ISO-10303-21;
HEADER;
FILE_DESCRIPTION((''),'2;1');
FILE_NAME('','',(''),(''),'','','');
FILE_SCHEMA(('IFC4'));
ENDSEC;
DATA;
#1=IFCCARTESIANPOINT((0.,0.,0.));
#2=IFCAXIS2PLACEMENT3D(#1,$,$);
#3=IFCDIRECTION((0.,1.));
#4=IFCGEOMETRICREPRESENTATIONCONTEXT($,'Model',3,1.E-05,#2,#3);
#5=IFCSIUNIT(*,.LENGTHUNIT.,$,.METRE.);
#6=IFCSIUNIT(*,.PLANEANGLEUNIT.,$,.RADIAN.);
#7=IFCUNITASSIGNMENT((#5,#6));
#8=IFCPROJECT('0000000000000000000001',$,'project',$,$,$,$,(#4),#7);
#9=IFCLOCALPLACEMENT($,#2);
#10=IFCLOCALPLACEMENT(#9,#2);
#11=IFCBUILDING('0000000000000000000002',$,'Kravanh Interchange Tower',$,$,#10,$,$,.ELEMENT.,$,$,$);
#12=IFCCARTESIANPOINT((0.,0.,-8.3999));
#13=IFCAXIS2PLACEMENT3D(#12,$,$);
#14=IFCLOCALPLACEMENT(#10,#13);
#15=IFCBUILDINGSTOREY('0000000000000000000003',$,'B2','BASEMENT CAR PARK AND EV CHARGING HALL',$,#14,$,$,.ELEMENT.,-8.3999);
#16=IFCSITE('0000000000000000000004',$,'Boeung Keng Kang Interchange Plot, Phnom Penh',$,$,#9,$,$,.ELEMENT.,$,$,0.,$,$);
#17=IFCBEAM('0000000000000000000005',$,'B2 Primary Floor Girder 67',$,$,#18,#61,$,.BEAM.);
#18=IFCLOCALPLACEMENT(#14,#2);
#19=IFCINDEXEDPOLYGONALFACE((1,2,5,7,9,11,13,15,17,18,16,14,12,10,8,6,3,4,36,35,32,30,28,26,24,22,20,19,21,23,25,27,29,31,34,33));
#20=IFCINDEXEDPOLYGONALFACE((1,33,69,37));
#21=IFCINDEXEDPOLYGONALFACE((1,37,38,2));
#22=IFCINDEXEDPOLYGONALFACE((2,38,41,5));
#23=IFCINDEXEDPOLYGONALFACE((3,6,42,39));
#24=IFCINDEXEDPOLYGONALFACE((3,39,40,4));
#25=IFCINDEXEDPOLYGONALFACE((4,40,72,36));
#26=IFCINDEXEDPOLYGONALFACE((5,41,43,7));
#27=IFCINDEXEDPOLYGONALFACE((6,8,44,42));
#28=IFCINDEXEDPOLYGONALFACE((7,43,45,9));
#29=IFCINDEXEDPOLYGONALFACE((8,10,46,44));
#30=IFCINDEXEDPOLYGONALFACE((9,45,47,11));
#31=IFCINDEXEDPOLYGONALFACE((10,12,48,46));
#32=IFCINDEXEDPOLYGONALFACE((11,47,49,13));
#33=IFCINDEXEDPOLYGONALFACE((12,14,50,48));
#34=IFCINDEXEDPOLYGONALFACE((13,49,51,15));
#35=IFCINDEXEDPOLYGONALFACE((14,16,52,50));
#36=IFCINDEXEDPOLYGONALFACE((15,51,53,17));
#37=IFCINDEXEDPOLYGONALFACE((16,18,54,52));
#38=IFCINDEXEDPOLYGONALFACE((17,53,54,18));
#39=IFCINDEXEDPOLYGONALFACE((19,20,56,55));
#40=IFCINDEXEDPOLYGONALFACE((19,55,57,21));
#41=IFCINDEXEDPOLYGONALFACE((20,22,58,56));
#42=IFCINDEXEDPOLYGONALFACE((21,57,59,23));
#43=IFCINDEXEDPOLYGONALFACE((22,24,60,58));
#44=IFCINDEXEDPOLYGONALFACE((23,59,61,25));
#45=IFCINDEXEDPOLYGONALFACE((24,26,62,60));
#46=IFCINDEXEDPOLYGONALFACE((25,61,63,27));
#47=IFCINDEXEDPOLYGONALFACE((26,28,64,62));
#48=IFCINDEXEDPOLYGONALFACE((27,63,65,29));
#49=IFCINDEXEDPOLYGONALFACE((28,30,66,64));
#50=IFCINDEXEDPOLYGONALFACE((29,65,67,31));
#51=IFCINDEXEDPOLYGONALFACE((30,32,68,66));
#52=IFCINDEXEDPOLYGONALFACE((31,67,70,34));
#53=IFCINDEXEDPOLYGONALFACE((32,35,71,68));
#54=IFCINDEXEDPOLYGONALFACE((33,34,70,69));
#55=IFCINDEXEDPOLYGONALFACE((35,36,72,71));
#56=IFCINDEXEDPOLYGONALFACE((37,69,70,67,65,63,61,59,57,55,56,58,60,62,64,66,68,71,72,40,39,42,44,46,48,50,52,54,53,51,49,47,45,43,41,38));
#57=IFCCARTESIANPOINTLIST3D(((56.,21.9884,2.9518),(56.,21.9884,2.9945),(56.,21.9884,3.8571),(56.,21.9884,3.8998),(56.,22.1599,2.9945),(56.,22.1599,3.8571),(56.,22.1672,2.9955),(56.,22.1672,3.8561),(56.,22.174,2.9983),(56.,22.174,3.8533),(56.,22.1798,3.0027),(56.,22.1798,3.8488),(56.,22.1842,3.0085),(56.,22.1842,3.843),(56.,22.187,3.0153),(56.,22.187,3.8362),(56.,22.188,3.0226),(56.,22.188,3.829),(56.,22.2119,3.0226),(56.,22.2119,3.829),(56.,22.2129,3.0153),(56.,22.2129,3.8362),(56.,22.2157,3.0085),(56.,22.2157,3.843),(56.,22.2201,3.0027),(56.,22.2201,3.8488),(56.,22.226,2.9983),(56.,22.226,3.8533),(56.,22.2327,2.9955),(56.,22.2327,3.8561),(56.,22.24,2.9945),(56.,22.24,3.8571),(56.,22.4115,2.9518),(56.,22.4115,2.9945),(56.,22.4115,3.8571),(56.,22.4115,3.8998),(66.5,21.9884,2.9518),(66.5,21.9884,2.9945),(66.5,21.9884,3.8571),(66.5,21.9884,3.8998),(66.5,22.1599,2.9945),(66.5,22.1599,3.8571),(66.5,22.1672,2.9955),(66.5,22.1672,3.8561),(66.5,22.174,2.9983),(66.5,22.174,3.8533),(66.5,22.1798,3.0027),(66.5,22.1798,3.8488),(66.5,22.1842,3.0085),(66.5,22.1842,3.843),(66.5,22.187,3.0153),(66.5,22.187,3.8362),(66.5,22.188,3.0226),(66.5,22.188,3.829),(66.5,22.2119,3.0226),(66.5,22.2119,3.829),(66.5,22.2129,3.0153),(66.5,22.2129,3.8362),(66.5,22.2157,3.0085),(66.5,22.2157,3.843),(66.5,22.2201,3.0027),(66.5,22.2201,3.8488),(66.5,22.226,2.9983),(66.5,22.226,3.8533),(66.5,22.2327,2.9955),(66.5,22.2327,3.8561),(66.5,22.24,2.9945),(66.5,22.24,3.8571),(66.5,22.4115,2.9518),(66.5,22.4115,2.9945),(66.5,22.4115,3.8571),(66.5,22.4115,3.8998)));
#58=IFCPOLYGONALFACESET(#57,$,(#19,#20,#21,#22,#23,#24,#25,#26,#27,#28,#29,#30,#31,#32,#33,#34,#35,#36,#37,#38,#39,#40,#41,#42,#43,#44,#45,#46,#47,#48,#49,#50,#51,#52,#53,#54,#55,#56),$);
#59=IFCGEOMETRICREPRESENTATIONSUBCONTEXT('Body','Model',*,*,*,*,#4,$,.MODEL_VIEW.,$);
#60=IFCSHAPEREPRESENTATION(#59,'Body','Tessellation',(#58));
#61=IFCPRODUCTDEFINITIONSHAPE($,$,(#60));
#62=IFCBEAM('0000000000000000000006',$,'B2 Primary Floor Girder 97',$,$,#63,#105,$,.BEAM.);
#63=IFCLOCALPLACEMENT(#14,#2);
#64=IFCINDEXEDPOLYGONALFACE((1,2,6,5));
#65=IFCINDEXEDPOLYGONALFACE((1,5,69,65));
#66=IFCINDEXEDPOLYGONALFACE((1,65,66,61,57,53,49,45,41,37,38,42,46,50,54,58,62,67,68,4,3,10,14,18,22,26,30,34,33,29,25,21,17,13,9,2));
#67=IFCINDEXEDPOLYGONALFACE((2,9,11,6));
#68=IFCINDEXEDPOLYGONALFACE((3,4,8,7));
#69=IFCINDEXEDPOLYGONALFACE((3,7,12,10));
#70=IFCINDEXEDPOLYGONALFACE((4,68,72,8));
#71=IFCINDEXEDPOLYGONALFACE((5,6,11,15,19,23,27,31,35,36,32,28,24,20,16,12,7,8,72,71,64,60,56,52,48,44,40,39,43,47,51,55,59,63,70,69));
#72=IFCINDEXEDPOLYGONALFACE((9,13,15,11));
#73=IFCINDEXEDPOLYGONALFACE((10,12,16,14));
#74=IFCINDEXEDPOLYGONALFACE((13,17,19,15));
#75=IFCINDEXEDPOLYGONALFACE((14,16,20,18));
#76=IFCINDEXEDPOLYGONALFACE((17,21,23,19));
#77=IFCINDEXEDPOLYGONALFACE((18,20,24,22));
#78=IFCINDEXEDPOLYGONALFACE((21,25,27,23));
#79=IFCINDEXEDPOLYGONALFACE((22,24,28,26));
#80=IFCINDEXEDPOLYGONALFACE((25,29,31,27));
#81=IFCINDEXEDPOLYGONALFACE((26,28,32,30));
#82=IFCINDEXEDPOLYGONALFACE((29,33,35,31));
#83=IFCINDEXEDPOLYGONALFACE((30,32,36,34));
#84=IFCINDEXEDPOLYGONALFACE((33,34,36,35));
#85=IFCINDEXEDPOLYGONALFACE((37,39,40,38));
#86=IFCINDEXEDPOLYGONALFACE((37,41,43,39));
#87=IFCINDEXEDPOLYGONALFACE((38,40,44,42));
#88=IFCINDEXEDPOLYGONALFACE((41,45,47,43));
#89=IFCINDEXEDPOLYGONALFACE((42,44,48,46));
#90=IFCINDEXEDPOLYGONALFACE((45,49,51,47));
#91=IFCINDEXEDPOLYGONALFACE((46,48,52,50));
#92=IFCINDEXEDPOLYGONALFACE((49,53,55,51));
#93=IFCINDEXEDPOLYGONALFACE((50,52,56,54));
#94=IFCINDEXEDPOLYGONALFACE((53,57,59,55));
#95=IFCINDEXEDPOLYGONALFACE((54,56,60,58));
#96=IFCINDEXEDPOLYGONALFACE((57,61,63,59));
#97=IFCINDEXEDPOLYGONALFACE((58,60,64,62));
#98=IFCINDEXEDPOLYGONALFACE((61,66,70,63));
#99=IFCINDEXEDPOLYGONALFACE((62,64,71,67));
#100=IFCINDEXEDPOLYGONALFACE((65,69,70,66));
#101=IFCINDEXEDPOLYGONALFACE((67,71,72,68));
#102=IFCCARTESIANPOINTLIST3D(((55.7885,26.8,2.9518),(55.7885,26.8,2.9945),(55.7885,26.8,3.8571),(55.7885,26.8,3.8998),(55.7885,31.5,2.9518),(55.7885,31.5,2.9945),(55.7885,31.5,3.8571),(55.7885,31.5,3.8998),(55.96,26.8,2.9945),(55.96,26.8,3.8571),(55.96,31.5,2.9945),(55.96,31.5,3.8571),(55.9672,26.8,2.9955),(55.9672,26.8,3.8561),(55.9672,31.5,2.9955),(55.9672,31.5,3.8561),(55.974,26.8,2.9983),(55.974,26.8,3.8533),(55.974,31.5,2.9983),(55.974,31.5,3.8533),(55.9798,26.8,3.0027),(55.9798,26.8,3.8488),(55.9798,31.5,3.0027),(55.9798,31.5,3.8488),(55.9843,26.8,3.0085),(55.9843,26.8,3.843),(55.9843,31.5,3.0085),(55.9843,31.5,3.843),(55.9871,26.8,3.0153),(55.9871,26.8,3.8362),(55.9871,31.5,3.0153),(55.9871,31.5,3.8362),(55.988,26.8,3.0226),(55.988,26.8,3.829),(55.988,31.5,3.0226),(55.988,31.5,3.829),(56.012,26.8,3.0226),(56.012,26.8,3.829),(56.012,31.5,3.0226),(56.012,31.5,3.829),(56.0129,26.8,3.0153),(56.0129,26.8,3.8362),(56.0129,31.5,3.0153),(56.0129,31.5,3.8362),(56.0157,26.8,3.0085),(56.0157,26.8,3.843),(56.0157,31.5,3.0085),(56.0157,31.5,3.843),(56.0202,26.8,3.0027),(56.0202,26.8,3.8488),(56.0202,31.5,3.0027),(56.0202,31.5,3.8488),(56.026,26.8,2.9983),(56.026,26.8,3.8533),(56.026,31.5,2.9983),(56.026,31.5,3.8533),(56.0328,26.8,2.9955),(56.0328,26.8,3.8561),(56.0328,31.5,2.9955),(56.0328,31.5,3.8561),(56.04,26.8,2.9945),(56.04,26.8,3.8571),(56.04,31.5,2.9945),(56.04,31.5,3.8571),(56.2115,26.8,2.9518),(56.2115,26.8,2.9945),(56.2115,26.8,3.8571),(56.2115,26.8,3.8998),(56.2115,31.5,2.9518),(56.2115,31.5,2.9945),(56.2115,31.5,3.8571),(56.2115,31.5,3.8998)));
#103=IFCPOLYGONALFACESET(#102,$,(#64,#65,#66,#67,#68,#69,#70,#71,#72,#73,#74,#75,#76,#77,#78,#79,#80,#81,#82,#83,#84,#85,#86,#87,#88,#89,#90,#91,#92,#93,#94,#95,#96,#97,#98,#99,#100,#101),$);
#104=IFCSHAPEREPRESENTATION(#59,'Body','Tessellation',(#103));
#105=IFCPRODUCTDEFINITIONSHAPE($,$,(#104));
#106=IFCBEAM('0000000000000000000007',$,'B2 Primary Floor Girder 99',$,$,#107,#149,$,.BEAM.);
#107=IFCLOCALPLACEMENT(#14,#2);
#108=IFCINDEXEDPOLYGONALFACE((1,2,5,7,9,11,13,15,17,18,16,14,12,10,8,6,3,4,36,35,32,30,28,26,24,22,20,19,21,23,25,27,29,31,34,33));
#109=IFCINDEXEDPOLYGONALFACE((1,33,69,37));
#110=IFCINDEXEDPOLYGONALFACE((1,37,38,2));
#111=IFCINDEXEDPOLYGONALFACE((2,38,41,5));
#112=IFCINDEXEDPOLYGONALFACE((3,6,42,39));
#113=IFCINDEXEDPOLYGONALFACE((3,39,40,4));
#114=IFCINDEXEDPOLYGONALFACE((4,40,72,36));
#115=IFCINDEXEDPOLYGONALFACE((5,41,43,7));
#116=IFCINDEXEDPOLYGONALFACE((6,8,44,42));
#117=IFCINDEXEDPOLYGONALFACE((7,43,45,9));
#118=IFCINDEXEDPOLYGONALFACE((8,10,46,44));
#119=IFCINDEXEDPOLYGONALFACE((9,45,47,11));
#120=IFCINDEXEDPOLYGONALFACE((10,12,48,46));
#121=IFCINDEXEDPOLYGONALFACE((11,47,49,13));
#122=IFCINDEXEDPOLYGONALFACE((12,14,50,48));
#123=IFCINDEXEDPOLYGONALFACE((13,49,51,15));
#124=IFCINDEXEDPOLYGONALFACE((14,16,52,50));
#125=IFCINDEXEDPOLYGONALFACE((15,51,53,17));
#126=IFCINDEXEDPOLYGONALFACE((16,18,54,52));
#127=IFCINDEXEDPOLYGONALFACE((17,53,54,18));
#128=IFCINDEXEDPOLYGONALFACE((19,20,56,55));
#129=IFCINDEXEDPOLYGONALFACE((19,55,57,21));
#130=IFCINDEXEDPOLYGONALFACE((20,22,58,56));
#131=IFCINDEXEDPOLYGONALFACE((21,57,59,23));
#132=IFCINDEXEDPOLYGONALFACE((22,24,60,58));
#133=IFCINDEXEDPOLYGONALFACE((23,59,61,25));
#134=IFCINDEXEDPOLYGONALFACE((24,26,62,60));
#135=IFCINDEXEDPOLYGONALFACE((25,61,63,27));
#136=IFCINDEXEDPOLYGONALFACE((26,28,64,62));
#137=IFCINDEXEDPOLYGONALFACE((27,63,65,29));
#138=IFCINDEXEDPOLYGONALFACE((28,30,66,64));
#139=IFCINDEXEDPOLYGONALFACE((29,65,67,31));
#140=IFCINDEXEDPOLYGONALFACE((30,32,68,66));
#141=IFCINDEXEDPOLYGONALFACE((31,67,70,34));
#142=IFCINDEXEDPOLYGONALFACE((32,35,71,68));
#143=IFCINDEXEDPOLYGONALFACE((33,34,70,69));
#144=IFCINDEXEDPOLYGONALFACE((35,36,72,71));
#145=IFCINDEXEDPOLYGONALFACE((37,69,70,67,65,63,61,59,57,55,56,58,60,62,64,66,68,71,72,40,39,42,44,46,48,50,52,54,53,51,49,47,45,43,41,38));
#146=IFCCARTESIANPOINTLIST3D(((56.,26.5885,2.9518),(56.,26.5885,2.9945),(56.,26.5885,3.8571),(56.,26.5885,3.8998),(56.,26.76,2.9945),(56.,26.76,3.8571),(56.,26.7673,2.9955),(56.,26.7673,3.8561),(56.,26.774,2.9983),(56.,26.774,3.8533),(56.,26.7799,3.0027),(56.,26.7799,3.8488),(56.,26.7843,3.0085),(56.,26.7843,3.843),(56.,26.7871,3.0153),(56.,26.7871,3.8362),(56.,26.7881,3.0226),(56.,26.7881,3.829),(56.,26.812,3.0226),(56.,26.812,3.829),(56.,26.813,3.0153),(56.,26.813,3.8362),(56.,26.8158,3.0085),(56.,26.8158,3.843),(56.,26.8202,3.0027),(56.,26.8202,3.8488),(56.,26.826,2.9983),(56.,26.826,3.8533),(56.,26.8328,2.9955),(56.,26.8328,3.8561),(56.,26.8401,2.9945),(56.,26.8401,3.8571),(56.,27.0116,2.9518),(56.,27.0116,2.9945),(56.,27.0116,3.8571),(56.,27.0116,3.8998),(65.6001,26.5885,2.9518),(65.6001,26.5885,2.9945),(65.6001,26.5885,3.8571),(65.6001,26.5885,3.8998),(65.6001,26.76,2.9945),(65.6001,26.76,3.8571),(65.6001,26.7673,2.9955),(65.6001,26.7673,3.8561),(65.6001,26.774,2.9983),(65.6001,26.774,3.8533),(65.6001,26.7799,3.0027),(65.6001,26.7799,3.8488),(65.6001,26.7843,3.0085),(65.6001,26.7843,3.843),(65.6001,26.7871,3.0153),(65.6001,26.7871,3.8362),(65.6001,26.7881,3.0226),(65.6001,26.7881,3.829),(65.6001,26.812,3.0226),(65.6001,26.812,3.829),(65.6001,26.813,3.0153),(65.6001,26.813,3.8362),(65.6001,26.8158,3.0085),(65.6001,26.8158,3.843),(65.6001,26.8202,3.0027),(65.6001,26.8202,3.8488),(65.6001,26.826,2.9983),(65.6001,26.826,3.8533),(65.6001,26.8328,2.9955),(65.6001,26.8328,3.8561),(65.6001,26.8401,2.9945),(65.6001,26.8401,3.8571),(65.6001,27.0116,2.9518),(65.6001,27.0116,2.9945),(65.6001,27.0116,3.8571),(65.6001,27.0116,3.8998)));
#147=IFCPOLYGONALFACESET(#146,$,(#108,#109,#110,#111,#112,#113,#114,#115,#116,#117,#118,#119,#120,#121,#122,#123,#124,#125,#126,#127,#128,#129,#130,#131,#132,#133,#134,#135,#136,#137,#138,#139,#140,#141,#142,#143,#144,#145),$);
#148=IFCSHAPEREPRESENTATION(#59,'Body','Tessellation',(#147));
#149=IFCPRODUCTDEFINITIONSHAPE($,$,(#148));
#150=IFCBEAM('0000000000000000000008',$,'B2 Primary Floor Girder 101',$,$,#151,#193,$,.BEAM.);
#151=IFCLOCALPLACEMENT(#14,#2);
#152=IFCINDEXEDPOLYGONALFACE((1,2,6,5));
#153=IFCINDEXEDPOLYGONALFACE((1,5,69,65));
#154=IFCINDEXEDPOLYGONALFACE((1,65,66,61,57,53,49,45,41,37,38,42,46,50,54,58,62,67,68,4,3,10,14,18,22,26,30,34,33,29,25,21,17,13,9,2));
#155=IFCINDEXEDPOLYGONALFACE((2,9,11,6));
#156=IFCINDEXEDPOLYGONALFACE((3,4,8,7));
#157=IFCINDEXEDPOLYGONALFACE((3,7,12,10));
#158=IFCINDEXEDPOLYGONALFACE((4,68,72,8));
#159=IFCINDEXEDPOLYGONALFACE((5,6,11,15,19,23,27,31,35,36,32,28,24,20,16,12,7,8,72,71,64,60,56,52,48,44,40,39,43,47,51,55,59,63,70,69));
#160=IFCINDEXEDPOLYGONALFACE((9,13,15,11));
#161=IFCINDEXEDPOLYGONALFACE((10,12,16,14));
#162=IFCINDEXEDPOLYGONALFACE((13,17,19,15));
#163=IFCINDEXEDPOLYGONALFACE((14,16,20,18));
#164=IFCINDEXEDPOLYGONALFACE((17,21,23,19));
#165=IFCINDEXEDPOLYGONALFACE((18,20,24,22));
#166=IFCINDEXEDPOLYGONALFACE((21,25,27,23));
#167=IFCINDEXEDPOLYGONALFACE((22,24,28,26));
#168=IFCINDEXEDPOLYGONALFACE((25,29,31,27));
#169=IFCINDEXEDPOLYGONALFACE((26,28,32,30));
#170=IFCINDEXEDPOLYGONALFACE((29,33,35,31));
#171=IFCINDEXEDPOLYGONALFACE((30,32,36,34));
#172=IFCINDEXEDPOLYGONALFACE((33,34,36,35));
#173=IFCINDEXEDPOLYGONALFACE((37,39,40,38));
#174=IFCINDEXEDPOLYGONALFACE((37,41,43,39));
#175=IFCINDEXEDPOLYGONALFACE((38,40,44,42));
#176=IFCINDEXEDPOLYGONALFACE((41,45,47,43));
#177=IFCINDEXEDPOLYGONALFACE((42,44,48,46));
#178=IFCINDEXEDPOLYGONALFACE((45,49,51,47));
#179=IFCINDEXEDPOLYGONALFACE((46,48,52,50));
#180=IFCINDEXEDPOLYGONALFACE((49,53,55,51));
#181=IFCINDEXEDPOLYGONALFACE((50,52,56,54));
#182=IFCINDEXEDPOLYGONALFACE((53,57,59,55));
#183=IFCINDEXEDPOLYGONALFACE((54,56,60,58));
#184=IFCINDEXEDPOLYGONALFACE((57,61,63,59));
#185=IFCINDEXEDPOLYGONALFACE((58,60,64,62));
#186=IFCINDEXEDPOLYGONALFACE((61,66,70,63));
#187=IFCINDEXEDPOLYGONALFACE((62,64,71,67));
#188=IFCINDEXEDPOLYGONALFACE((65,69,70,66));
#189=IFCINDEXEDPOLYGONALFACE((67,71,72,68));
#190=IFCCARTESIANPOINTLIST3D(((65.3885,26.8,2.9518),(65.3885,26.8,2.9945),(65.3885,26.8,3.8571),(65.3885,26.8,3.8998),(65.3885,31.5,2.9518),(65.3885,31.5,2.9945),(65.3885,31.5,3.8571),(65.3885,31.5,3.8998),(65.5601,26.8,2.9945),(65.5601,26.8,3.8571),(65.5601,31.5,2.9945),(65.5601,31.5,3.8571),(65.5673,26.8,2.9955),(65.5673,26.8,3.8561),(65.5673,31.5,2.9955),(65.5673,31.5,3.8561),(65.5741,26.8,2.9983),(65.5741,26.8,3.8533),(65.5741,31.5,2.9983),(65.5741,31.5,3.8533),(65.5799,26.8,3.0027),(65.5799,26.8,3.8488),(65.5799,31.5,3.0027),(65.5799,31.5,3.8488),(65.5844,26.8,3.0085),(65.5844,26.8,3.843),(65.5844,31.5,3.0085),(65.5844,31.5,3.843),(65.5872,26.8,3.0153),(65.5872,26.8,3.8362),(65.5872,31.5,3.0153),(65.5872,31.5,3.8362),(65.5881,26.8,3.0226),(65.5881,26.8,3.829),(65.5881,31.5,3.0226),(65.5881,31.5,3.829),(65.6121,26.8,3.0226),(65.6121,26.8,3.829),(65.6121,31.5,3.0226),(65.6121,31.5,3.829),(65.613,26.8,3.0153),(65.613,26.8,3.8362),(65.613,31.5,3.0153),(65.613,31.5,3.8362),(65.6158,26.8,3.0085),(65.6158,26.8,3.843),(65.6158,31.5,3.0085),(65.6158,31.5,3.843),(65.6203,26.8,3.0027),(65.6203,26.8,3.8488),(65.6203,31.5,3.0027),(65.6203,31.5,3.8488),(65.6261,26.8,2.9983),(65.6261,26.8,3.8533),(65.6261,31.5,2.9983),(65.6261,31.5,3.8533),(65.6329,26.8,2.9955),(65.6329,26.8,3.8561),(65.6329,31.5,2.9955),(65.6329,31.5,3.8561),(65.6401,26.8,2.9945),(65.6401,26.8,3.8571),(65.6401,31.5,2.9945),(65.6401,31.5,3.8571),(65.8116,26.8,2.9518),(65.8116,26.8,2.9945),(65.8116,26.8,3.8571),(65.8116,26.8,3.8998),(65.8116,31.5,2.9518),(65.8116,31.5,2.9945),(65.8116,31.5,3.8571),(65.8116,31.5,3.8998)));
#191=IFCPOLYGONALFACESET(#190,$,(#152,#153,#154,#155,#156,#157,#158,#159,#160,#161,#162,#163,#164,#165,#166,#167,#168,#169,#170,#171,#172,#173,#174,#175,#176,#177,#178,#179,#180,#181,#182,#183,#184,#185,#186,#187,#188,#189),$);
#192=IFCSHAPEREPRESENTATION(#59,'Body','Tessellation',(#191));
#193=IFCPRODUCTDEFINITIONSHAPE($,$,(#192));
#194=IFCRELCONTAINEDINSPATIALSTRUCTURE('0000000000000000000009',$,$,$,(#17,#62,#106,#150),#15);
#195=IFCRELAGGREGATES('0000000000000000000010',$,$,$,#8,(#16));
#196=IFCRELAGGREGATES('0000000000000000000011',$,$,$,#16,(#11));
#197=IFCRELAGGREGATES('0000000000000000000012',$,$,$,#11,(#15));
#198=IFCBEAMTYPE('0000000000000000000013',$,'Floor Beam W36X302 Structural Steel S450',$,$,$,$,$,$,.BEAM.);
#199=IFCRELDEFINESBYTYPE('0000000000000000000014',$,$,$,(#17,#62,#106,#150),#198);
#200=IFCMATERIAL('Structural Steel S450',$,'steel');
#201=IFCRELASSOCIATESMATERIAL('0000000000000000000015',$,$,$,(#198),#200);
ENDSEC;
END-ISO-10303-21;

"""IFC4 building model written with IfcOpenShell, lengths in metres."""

from ifc_helpers import new_model, si_unit, direction, frame, origin, origin_2d, place, context, subcontext, project, spatial, i_section, extrude, material, material_profile, profile_set, type_object, element, save


model = new_model("IFC4")

# Units and contexts
model_context = context("Model", 3, precision=1e-05, world=origin(), true_north=direction((0.0, 1.0)))
body_context = subcontext(model_context, "Body", "Model", "MODEL_VIEW")
ifc_project = project(units=[si_unit("LENGTHUNIT", "METRE"), si_unit("PLANEANGLEUNIT", "RADIAN")], contexts=[model_context])

# Site, building, storey
site_placement = place(None, origin())
site = spatial("IfcSite", under=ifc_project, at=site_placement, Name="Boeung Keng Kang Interchange Plot, Phnom Penh", CompositionType="ELEMENT", RefElevation=0.0)
building_placement = place(site_placement, origin())
building = spatial("IfcBuilding", under=site, at=building_placement, Name="Kravanh Interchange Tower", CompositionType="ELEMENT")
storey_placement = place(building_placement, frame((0.0, 0.0, -8.3999)))
storey = spatial("IfcBuildingStorey", under=building, at=storey_placement, Name="B2", Description="BASEMENT CAR PARK AND EV CHARGING HALL", CompositionType="ELEMENT", Elevation=-8.3999)

# Beams
ifc_material_1 = material(Name="Structural Steel S450", Category="steel")
ifc_material_profile_1 = material_profile(ifc_material_1, i_section(OverallWidth=0.4231, OverallDepth=0.948, WebThickness=0.0239, FlangeThickness=0.0427, FilletRadius=0.0281, at=origin_2d()), Name="W36X302")
ifc_profile_set_1 = profile_set([ifc_material_profile_1], Name="Structural Steel S450")
beam_type_1 = type_object("IfcBeamType", Name="Floor Beam W36X302 Structural Steel S450", PredefinedType="BEAM", material=ifc_profile_set_1)
beam_1_placement = place(storey_placement, frame((56.0, 22.2, 3.4258), z_axis=(1.0, 0.0, 0.0), x_axis=(0.0, 1.0, 0.0)))
element("IfcBeam", 1, at=beam_1_placement, inside=storey, type_object=beam_type_1, Name="B2 Primary Floor Girder 67", PredefinedType="BEAM", context=body_context, shape_type="SweptSolid", body=[
    extrude(i_section(OverallWidth=0.4231, OverallDepth=0.948, WebThickness=0.0239, FlangeThickness=0.0427, FilletRadius=0.0281, at=origin_2d()), origin(), (0.0, 0.0, 1.0), 10.5),
])
beam_2_placement = place(storey_placement, frame((56.0, 26.8, 3.4258), z_axis=(0.0, 1.0, 0.0), x_axis=(-1.0, 0.0, 0.0)))
element("IfcBeam", 2, at=beam_2_placement, inside=storey, type_object=beam_type_1, Name="B2 Primary Floor Girder 97", PredefinedType="BEAM", context=body_context, shape_type="SweptSolid", body=[
    extrude(i_section(OverallWidth=0.4231, OverallDepth=0.948, WebThickness=0.0239, FlangeThickness=0.0427, FilletRadius=0.0281, at=origin_2d()), origin(), (0.0, 0.0, 1.0), 4.7),
])
beam_3_placement = place(storey_placement, frame((56.0, 26.8, 3.4258), z_axis=(1.0, 0.0, 0.0), x_axis=(0.0, 1.0, 0.0)))
element("IfcBeam", 3, at=beam_3_placement, inside=storey, type_object=beam_type_1, Name="B2 Primary Floor Girder 99", PredefinedType="BEAM", context=body_context, shape_type="SweptSolid", body=[
    extrude(i_section(OverallWidth=0.4231, OverallDepth=0.948, WebThickness=0.0239, FlangeThickness=0.0427, FilletRadius=0.0281, at=origin_2d()), origin(), (0.0, 0.0, 1.0), 9.6001),
])
beam_4_placement = place(storey_placement, frame((65.6001, 26.8, 3.4258), z_axis=(0.0, 1.0, 0.0), x_axis=(-1.0, 0.0, 0.0)))
element("IfcBeam", 4, at=beam_4_placement, inside=storey, type_object=beam_type_1, Name="B2 Primary Floor Girder 101", PredefinedType="BEAM", context=body_context, shape_type="SweptSolid", body=[
    extrude(i_section(OverallWidth=0.4231, OverallDepth=0.948, WebThickness=0.0239, FlangeThickness=0.0427, FilletRadius=0.0281, at=origin_2d()), origin(), (0.0, 0.0, 1.0), 4.7),
])

save(model, "model.ifc")
